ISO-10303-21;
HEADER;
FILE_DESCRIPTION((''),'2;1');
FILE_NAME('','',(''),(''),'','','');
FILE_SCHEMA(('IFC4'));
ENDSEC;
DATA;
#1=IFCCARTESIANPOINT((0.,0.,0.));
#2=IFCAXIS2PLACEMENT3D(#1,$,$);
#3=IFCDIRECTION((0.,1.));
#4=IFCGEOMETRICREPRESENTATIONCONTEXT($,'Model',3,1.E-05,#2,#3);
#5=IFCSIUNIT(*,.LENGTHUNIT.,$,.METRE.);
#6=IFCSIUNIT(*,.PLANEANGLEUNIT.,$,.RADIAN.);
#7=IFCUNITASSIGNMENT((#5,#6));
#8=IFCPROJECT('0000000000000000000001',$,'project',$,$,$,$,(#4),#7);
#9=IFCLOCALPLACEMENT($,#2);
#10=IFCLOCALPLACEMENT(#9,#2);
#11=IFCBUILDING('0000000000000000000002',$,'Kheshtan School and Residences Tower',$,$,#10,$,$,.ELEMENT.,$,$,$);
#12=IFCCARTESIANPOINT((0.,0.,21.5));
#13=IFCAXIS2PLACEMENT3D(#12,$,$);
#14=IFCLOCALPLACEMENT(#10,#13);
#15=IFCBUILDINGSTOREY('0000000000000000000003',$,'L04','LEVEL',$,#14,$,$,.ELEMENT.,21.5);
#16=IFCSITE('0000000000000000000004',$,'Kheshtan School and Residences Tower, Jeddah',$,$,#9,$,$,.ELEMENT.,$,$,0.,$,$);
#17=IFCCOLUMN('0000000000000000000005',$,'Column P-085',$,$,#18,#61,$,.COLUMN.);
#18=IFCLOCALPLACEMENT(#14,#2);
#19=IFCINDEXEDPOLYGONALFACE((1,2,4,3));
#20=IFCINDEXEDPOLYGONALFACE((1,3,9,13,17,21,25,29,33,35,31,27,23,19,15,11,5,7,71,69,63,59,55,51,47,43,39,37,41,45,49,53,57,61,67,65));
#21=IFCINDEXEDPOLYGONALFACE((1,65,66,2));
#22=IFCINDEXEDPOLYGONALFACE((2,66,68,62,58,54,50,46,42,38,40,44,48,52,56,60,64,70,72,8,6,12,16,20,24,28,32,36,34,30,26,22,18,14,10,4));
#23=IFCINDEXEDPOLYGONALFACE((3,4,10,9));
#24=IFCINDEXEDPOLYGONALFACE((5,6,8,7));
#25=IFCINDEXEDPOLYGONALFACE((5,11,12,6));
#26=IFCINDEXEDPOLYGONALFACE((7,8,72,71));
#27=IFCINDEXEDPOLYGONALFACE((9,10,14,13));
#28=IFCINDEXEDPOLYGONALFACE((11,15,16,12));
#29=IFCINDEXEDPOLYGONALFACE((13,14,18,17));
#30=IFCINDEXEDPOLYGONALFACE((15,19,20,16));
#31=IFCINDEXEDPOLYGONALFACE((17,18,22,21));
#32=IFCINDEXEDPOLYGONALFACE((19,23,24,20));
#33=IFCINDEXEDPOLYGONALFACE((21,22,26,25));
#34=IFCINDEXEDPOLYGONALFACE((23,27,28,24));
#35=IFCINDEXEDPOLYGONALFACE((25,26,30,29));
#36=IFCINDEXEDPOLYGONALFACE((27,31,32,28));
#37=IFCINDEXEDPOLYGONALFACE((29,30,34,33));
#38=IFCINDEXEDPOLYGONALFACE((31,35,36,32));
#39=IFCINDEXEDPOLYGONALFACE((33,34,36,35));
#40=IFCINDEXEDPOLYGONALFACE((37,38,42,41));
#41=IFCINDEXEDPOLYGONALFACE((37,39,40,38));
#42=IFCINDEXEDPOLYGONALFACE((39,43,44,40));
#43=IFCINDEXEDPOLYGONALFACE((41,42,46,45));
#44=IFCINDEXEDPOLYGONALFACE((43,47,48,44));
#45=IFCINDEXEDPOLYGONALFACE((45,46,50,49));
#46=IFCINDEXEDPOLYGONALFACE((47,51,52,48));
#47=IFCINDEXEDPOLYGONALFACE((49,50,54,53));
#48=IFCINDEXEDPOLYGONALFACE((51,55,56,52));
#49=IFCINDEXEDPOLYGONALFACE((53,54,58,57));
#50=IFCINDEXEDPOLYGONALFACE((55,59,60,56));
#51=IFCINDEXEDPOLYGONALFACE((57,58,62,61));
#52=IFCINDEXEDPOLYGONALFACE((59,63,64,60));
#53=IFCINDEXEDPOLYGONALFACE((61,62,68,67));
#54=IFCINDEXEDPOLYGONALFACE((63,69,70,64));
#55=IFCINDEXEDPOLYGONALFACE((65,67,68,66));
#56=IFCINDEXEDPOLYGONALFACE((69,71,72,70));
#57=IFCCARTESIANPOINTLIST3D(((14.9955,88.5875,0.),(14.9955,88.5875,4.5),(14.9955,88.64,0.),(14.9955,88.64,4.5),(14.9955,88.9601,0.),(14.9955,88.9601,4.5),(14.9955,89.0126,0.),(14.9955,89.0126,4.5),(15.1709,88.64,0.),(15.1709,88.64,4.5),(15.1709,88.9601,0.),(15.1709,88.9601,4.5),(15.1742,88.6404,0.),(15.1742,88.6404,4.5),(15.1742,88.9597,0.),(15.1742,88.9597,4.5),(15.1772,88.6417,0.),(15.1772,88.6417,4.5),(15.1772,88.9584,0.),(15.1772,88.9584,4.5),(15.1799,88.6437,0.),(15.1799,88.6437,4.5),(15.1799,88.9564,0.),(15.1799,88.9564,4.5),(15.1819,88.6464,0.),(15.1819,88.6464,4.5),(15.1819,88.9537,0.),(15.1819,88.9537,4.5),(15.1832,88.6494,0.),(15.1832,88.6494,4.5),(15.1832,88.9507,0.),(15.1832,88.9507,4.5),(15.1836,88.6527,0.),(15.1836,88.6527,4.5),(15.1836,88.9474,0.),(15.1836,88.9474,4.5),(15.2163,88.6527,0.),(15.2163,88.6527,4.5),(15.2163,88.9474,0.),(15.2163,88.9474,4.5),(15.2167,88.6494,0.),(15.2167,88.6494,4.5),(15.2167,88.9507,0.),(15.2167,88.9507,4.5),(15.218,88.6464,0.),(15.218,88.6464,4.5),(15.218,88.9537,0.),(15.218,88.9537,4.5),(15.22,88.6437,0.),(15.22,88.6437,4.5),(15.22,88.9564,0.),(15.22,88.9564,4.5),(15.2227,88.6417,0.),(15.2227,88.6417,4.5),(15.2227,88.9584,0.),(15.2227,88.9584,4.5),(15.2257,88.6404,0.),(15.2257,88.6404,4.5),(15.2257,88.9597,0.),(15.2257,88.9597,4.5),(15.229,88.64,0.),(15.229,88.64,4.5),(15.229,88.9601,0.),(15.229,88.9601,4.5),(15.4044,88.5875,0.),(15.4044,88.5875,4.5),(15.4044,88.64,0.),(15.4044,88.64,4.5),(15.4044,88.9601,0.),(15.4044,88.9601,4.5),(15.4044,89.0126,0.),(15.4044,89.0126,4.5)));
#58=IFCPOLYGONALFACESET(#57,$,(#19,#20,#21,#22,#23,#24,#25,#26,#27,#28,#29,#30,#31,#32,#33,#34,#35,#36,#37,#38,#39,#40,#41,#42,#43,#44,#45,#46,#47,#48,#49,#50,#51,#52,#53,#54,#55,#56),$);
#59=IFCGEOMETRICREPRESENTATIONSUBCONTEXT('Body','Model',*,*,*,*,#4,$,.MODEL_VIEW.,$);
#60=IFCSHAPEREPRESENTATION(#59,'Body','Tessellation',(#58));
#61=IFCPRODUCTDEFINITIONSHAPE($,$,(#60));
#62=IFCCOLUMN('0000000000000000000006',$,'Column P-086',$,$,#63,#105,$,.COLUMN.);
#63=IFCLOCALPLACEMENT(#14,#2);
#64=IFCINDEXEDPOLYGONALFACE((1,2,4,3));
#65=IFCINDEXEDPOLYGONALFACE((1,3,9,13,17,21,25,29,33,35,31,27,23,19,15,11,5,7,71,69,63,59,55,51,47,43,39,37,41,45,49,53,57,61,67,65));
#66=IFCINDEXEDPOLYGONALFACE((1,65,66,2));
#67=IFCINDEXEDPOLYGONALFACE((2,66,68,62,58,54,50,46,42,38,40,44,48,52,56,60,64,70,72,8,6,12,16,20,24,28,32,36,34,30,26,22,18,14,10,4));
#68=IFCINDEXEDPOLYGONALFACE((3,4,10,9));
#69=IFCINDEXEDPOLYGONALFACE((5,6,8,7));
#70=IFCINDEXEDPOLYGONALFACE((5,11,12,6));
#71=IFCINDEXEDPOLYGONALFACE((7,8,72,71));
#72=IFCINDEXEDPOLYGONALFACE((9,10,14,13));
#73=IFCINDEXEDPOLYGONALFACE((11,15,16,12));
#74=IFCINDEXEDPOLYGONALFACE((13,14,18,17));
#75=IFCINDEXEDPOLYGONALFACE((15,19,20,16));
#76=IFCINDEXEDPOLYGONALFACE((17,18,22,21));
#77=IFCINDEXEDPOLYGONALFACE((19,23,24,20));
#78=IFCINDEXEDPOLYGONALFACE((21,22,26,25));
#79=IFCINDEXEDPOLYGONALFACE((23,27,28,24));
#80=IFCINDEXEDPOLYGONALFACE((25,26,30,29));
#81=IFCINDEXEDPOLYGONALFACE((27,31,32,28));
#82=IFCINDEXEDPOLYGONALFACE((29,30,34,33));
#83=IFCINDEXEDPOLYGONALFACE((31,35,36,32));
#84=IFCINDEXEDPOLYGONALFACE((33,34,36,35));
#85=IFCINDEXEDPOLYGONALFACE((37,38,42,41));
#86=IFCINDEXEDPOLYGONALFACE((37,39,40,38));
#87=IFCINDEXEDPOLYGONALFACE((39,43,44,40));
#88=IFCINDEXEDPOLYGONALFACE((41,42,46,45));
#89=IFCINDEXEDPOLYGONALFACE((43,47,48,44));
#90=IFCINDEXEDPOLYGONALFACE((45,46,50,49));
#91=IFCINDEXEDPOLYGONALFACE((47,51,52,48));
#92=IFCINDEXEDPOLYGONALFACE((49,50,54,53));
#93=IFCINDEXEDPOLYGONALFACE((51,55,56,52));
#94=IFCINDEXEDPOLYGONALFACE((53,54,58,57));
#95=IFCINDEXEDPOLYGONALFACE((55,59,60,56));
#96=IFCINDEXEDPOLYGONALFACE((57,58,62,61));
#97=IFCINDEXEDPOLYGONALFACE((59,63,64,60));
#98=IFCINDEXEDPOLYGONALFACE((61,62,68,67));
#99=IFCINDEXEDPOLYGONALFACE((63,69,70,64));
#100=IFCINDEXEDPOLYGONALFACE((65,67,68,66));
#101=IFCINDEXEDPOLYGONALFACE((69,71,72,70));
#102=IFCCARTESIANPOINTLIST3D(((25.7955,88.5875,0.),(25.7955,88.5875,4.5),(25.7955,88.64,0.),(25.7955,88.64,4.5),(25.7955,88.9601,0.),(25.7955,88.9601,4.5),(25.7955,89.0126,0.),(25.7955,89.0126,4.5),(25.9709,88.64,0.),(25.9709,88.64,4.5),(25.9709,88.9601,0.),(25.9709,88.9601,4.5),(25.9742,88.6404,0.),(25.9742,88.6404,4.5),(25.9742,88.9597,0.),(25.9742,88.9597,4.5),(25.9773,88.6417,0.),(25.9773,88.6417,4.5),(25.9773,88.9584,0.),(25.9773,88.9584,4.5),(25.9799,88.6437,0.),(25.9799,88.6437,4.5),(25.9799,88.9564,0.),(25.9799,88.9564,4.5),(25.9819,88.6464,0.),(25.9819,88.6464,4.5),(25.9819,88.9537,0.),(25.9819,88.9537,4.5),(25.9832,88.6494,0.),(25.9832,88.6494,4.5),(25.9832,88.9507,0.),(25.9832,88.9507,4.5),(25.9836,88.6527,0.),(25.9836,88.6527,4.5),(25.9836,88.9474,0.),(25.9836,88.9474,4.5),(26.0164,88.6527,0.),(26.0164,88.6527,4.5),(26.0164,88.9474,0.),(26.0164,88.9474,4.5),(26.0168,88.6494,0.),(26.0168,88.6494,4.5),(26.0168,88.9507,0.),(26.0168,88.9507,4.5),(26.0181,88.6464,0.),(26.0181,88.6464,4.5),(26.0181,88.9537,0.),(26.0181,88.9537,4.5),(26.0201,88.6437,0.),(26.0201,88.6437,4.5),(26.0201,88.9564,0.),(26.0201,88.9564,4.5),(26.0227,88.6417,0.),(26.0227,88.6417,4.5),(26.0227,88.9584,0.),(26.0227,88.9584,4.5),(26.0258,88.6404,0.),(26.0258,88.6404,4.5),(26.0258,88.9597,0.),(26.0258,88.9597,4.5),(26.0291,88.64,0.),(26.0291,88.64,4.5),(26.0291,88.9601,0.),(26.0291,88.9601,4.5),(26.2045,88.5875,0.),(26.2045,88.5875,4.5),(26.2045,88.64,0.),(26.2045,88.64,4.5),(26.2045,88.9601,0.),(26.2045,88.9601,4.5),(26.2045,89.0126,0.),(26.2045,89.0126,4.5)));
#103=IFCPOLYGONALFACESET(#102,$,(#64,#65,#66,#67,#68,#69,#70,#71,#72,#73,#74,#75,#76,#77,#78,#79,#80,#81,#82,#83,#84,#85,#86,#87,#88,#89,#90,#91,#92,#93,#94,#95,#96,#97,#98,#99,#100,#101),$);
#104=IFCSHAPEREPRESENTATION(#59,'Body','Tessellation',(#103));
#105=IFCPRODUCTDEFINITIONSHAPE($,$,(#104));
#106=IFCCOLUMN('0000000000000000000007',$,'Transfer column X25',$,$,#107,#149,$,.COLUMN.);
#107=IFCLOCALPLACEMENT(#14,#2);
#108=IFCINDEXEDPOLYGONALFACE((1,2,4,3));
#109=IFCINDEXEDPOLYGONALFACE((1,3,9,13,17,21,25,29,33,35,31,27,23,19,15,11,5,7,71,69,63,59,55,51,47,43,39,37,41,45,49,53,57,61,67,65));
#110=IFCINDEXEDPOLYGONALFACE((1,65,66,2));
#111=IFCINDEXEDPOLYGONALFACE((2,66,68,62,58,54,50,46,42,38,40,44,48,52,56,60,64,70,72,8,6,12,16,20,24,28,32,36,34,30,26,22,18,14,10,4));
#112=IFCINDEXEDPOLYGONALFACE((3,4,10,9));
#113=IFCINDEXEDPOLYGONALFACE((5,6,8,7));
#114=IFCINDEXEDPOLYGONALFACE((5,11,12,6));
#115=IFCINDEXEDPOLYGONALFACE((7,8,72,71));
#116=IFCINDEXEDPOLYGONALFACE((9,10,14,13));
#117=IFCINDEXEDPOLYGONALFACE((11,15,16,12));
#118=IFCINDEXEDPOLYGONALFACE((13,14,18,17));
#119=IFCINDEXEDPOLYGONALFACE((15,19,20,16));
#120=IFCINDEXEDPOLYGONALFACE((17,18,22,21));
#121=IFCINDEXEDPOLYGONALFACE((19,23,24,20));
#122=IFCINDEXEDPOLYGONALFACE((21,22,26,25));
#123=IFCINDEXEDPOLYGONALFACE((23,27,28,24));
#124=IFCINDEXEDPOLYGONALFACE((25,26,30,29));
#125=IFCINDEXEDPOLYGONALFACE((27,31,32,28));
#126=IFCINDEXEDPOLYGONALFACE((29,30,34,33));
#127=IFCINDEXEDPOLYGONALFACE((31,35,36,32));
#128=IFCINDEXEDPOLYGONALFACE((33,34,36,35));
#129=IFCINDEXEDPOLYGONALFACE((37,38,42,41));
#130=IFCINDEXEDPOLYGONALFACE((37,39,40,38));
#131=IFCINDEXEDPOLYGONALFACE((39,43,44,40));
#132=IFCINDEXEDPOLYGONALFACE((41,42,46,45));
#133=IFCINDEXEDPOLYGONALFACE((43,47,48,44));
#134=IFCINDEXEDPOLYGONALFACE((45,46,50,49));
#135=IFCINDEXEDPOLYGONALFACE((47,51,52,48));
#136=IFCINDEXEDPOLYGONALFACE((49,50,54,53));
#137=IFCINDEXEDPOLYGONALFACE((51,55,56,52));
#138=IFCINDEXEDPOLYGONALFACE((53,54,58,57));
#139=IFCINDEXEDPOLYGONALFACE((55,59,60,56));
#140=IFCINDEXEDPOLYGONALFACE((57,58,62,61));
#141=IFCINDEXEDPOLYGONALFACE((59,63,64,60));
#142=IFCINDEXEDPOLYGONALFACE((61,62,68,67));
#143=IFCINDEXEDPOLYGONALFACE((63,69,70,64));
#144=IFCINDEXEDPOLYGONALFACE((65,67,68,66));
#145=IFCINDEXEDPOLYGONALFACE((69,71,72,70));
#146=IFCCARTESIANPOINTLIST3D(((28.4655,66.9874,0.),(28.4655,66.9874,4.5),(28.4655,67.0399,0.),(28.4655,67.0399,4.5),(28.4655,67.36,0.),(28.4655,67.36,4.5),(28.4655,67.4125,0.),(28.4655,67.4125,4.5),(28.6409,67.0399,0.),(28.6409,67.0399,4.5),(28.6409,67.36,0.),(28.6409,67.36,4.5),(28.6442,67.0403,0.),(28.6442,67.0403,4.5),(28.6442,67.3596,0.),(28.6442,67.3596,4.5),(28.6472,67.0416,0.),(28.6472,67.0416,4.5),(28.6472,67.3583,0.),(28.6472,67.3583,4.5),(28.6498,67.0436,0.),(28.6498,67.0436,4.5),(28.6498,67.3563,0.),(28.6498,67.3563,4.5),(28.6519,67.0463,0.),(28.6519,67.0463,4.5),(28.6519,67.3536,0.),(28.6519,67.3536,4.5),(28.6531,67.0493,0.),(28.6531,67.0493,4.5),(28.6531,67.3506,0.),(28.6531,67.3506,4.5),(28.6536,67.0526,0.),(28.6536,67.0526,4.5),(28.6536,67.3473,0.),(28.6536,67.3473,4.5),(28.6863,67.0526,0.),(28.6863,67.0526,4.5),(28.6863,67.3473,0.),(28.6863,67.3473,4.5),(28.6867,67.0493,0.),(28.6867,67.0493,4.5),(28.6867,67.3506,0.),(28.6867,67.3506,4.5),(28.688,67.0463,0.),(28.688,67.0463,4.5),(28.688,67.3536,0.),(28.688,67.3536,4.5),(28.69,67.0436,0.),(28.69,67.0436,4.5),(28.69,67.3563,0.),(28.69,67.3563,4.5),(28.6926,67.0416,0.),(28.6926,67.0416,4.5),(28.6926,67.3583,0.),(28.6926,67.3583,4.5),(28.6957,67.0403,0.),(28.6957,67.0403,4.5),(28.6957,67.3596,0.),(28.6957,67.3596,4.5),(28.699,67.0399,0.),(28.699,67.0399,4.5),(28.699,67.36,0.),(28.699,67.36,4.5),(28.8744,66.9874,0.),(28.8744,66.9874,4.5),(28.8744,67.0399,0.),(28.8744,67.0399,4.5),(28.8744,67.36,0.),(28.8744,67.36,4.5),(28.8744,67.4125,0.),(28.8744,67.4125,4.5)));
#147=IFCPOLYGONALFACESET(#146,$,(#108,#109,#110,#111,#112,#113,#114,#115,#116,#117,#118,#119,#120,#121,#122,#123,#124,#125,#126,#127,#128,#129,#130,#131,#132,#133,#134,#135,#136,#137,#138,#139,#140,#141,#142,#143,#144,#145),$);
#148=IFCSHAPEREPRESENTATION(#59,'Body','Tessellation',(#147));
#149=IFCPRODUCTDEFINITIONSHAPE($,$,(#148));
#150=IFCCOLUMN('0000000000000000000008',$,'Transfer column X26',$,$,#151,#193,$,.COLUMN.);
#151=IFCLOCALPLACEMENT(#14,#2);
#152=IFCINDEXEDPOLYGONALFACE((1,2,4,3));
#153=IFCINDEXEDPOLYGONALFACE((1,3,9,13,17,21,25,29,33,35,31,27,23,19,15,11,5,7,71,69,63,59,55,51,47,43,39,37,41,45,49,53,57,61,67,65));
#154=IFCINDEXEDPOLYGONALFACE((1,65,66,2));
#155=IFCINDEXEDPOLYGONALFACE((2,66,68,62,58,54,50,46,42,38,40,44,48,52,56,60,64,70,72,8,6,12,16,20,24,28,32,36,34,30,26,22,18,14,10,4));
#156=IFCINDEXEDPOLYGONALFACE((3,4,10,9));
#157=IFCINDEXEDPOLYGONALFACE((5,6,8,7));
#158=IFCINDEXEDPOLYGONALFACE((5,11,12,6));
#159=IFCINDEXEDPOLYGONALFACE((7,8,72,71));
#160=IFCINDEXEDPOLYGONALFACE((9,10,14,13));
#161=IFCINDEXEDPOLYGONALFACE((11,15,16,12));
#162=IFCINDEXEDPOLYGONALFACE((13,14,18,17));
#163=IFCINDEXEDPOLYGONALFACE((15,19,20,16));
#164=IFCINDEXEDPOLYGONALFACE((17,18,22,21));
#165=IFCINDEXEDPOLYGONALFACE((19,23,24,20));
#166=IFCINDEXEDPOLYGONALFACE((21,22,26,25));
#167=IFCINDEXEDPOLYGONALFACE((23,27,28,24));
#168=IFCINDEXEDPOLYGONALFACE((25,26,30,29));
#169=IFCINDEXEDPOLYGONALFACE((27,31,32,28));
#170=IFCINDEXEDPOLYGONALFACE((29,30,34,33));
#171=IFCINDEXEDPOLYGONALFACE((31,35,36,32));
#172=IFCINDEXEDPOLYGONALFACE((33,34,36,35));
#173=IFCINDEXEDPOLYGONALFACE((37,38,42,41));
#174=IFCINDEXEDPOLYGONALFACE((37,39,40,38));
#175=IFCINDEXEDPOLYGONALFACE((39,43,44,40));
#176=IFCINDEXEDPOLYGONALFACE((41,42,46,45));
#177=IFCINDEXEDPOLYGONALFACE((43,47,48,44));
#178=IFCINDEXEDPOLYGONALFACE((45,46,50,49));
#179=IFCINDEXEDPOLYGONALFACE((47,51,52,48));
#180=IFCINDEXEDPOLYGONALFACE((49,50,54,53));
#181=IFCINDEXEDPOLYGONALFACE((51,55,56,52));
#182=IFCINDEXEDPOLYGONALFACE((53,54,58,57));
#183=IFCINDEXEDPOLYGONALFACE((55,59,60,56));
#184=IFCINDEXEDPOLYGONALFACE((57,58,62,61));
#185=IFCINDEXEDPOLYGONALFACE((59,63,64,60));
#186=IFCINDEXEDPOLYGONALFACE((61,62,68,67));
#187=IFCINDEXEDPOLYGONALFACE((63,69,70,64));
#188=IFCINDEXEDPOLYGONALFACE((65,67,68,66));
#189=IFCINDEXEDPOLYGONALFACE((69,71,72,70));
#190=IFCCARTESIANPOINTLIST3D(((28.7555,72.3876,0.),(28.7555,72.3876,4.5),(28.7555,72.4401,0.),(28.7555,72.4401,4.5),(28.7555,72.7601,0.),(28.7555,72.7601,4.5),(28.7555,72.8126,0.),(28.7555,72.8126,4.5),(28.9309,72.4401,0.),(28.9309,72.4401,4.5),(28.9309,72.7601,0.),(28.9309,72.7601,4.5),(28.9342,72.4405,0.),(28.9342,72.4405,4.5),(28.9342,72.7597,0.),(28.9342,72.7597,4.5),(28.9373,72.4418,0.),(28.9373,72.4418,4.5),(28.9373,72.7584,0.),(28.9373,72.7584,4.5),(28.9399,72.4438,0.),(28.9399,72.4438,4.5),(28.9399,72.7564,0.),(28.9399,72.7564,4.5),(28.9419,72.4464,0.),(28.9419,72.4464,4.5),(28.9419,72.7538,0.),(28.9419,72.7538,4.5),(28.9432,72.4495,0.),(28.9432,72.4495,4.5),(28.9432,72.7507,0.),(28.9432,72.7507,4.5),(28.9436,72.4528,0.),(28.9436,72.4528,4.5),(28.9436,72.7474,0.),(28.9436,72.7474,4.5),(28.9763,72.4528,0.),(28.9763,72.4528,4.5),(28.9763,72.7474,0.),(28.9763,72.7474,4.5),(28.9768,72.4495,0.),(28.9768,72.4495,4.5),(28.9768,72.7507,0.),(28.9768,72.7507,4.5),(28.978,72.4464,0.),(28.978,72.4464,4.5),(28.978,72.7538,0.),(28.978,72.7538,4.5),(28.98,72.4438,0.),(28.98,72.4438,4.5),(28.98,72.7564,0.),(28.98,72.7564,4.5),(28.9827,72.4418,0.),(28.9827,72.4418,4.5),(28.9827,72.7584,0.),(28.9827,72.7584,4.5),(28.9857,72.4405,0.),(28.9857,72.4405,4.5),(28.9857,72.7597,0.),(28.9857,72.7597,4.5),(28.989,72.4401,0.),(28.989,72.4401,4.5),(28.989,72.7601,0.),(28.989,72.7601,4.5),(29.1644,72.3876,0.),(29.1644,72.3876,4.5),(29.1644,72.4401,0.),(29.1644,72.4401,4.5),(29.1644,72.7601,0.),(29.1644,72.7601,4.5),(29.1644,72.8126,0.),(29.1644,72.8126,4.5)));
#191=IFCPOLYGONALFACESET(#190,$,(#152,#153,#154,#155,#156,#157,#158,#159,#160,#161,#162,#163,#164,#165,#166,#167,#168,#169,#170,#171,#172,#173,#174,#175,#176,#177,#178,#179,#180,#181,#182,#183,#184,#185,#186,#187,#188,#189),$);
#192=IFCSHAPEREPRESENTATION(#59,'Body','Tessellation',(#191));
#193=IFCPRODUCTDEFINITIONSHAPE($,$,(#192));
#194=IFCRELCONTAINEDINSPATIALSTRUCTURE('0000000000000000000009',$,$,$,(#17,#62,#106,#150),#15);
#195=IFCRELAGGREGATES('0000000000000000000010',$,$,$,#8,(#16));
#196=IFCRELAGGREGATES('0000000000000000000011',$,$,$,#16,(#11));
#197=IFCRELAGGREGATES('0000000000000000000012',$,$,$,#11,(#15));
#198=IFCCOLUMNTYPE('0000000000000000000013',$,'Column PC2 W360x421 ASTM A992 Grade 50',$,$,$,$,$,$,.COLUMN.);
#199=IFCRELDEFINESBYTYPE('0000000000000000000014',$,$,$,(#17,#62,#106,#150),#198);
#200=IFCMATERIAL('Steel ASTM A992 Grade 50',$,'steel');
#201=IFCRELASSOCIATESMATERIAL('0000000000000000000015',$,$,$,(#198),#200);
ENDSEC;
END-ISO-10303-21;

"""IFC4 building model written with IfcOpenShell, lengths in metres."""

from ifc_helpers import new_model, si_unit, direction, frame, origin, origin_2d, place, context, subcontext, project, spatial, i_section, extrude, material, material_profile, profile_set, type_object, element, save


model = new_model("IFC4")

# Units and contexts
model_context = context("Model", 3, precision=1e-05, world=origin(), true_north=direction((0.0, 1.0)))
body_context = subcontext(model_context, "Body", "Model", "MODEL_VIEW")
ifc_project = project(units=[si_unit("LENGTHUNIT", "METRE"), si_unit("PLANEANGLEUNIT", "RADIAN")], contexts=[model_context])

# Site, building, storey
site_placement = place(None, origin())
site = spatial("IfcSite", under=ifc_project, at=site_placement, Name="Kheshtan School and Residences Tower, Jeddah", CompositionType="ELEMENT", RefElevation=0.0)
building_placement = place(site_placement, origin())
building = spatial("IfcBuilding", under=site, at=building_placement, Name="Kheshtan School and Residences Tower", CompositionType="ELEMENT")
storey_placement = place(building_placement, frame((0.0, 0.0, 21.5)))
storey = spatial("IfcBuildingStorey", under=building, at=storey_placement, Name="L04", Description="LEVEL", CompositionType="ELEMENT", Elevation=21.5)

# Columns
ifc_material_1 = material(Name="Steel ASTM A992 Grade 50", Category="steel")
ifc_material_profile_1 = material_profile(ifc_material_1, i_section(OverallWidth=0.4089, OverallDepth=0.425, WebThickness=0.0327, FlangeThickness=0.0525, FilletRadius=0.0127, at=origin_2d()), Name="W360x421")
ifc_profile_set_1 = profile_set([ifc_material_profile_1], Name="Steel ASTM A992 Grade 50")
column_type = type_object("IfcColumnType", Name="Column PC2 W360x421 ASTM A992 Grade 50", PredefinedType="COLUMN", material=ifc_profile_set_1)
for number, where, z_axis, x_axis, name in (
    (1, (15.2, 88.8, 0.0), (0.0, 0.0, 1.0), (1.0, 0.0, 0.0), "Column P-085"),
    (2, (26.0, 88.8, 0.0), (0.0, 0.0, 1.0), (1.0, 0.0, 0.0), "Column P-086"),
    (3, (28.6699, 67.2, 0.0), (0.0, 0.0, 1.0), (1.0, 0.0, 0.0), "Transfer column X25"),
    (4, (28.96, 72.6001, 0.0), (0.0, 0.0, 1.0), (1.0, 0.0, 0.0), "Transfer column X26"),
):
    element("IfcColumn", number, at=place(storey_placement, frame(where, z_axis=z_axis, x_axis=x_axis)), inside=storey, type_object=column_type, Name=name, PredefinedType="COLUMN", context=body_context, shape_type="SweptSolid", body=[
        extrude(i_section(OverallWidth=0.4089, OverallDepth=0.425, WebThickness=0.0327, FlangeThickness=0.0525, FilletRadius=0.0127, at=origin_2d()), origin(), (0.0, 0.0, 1.0), 4.5),
    ])

save(model, "model.ifc")
